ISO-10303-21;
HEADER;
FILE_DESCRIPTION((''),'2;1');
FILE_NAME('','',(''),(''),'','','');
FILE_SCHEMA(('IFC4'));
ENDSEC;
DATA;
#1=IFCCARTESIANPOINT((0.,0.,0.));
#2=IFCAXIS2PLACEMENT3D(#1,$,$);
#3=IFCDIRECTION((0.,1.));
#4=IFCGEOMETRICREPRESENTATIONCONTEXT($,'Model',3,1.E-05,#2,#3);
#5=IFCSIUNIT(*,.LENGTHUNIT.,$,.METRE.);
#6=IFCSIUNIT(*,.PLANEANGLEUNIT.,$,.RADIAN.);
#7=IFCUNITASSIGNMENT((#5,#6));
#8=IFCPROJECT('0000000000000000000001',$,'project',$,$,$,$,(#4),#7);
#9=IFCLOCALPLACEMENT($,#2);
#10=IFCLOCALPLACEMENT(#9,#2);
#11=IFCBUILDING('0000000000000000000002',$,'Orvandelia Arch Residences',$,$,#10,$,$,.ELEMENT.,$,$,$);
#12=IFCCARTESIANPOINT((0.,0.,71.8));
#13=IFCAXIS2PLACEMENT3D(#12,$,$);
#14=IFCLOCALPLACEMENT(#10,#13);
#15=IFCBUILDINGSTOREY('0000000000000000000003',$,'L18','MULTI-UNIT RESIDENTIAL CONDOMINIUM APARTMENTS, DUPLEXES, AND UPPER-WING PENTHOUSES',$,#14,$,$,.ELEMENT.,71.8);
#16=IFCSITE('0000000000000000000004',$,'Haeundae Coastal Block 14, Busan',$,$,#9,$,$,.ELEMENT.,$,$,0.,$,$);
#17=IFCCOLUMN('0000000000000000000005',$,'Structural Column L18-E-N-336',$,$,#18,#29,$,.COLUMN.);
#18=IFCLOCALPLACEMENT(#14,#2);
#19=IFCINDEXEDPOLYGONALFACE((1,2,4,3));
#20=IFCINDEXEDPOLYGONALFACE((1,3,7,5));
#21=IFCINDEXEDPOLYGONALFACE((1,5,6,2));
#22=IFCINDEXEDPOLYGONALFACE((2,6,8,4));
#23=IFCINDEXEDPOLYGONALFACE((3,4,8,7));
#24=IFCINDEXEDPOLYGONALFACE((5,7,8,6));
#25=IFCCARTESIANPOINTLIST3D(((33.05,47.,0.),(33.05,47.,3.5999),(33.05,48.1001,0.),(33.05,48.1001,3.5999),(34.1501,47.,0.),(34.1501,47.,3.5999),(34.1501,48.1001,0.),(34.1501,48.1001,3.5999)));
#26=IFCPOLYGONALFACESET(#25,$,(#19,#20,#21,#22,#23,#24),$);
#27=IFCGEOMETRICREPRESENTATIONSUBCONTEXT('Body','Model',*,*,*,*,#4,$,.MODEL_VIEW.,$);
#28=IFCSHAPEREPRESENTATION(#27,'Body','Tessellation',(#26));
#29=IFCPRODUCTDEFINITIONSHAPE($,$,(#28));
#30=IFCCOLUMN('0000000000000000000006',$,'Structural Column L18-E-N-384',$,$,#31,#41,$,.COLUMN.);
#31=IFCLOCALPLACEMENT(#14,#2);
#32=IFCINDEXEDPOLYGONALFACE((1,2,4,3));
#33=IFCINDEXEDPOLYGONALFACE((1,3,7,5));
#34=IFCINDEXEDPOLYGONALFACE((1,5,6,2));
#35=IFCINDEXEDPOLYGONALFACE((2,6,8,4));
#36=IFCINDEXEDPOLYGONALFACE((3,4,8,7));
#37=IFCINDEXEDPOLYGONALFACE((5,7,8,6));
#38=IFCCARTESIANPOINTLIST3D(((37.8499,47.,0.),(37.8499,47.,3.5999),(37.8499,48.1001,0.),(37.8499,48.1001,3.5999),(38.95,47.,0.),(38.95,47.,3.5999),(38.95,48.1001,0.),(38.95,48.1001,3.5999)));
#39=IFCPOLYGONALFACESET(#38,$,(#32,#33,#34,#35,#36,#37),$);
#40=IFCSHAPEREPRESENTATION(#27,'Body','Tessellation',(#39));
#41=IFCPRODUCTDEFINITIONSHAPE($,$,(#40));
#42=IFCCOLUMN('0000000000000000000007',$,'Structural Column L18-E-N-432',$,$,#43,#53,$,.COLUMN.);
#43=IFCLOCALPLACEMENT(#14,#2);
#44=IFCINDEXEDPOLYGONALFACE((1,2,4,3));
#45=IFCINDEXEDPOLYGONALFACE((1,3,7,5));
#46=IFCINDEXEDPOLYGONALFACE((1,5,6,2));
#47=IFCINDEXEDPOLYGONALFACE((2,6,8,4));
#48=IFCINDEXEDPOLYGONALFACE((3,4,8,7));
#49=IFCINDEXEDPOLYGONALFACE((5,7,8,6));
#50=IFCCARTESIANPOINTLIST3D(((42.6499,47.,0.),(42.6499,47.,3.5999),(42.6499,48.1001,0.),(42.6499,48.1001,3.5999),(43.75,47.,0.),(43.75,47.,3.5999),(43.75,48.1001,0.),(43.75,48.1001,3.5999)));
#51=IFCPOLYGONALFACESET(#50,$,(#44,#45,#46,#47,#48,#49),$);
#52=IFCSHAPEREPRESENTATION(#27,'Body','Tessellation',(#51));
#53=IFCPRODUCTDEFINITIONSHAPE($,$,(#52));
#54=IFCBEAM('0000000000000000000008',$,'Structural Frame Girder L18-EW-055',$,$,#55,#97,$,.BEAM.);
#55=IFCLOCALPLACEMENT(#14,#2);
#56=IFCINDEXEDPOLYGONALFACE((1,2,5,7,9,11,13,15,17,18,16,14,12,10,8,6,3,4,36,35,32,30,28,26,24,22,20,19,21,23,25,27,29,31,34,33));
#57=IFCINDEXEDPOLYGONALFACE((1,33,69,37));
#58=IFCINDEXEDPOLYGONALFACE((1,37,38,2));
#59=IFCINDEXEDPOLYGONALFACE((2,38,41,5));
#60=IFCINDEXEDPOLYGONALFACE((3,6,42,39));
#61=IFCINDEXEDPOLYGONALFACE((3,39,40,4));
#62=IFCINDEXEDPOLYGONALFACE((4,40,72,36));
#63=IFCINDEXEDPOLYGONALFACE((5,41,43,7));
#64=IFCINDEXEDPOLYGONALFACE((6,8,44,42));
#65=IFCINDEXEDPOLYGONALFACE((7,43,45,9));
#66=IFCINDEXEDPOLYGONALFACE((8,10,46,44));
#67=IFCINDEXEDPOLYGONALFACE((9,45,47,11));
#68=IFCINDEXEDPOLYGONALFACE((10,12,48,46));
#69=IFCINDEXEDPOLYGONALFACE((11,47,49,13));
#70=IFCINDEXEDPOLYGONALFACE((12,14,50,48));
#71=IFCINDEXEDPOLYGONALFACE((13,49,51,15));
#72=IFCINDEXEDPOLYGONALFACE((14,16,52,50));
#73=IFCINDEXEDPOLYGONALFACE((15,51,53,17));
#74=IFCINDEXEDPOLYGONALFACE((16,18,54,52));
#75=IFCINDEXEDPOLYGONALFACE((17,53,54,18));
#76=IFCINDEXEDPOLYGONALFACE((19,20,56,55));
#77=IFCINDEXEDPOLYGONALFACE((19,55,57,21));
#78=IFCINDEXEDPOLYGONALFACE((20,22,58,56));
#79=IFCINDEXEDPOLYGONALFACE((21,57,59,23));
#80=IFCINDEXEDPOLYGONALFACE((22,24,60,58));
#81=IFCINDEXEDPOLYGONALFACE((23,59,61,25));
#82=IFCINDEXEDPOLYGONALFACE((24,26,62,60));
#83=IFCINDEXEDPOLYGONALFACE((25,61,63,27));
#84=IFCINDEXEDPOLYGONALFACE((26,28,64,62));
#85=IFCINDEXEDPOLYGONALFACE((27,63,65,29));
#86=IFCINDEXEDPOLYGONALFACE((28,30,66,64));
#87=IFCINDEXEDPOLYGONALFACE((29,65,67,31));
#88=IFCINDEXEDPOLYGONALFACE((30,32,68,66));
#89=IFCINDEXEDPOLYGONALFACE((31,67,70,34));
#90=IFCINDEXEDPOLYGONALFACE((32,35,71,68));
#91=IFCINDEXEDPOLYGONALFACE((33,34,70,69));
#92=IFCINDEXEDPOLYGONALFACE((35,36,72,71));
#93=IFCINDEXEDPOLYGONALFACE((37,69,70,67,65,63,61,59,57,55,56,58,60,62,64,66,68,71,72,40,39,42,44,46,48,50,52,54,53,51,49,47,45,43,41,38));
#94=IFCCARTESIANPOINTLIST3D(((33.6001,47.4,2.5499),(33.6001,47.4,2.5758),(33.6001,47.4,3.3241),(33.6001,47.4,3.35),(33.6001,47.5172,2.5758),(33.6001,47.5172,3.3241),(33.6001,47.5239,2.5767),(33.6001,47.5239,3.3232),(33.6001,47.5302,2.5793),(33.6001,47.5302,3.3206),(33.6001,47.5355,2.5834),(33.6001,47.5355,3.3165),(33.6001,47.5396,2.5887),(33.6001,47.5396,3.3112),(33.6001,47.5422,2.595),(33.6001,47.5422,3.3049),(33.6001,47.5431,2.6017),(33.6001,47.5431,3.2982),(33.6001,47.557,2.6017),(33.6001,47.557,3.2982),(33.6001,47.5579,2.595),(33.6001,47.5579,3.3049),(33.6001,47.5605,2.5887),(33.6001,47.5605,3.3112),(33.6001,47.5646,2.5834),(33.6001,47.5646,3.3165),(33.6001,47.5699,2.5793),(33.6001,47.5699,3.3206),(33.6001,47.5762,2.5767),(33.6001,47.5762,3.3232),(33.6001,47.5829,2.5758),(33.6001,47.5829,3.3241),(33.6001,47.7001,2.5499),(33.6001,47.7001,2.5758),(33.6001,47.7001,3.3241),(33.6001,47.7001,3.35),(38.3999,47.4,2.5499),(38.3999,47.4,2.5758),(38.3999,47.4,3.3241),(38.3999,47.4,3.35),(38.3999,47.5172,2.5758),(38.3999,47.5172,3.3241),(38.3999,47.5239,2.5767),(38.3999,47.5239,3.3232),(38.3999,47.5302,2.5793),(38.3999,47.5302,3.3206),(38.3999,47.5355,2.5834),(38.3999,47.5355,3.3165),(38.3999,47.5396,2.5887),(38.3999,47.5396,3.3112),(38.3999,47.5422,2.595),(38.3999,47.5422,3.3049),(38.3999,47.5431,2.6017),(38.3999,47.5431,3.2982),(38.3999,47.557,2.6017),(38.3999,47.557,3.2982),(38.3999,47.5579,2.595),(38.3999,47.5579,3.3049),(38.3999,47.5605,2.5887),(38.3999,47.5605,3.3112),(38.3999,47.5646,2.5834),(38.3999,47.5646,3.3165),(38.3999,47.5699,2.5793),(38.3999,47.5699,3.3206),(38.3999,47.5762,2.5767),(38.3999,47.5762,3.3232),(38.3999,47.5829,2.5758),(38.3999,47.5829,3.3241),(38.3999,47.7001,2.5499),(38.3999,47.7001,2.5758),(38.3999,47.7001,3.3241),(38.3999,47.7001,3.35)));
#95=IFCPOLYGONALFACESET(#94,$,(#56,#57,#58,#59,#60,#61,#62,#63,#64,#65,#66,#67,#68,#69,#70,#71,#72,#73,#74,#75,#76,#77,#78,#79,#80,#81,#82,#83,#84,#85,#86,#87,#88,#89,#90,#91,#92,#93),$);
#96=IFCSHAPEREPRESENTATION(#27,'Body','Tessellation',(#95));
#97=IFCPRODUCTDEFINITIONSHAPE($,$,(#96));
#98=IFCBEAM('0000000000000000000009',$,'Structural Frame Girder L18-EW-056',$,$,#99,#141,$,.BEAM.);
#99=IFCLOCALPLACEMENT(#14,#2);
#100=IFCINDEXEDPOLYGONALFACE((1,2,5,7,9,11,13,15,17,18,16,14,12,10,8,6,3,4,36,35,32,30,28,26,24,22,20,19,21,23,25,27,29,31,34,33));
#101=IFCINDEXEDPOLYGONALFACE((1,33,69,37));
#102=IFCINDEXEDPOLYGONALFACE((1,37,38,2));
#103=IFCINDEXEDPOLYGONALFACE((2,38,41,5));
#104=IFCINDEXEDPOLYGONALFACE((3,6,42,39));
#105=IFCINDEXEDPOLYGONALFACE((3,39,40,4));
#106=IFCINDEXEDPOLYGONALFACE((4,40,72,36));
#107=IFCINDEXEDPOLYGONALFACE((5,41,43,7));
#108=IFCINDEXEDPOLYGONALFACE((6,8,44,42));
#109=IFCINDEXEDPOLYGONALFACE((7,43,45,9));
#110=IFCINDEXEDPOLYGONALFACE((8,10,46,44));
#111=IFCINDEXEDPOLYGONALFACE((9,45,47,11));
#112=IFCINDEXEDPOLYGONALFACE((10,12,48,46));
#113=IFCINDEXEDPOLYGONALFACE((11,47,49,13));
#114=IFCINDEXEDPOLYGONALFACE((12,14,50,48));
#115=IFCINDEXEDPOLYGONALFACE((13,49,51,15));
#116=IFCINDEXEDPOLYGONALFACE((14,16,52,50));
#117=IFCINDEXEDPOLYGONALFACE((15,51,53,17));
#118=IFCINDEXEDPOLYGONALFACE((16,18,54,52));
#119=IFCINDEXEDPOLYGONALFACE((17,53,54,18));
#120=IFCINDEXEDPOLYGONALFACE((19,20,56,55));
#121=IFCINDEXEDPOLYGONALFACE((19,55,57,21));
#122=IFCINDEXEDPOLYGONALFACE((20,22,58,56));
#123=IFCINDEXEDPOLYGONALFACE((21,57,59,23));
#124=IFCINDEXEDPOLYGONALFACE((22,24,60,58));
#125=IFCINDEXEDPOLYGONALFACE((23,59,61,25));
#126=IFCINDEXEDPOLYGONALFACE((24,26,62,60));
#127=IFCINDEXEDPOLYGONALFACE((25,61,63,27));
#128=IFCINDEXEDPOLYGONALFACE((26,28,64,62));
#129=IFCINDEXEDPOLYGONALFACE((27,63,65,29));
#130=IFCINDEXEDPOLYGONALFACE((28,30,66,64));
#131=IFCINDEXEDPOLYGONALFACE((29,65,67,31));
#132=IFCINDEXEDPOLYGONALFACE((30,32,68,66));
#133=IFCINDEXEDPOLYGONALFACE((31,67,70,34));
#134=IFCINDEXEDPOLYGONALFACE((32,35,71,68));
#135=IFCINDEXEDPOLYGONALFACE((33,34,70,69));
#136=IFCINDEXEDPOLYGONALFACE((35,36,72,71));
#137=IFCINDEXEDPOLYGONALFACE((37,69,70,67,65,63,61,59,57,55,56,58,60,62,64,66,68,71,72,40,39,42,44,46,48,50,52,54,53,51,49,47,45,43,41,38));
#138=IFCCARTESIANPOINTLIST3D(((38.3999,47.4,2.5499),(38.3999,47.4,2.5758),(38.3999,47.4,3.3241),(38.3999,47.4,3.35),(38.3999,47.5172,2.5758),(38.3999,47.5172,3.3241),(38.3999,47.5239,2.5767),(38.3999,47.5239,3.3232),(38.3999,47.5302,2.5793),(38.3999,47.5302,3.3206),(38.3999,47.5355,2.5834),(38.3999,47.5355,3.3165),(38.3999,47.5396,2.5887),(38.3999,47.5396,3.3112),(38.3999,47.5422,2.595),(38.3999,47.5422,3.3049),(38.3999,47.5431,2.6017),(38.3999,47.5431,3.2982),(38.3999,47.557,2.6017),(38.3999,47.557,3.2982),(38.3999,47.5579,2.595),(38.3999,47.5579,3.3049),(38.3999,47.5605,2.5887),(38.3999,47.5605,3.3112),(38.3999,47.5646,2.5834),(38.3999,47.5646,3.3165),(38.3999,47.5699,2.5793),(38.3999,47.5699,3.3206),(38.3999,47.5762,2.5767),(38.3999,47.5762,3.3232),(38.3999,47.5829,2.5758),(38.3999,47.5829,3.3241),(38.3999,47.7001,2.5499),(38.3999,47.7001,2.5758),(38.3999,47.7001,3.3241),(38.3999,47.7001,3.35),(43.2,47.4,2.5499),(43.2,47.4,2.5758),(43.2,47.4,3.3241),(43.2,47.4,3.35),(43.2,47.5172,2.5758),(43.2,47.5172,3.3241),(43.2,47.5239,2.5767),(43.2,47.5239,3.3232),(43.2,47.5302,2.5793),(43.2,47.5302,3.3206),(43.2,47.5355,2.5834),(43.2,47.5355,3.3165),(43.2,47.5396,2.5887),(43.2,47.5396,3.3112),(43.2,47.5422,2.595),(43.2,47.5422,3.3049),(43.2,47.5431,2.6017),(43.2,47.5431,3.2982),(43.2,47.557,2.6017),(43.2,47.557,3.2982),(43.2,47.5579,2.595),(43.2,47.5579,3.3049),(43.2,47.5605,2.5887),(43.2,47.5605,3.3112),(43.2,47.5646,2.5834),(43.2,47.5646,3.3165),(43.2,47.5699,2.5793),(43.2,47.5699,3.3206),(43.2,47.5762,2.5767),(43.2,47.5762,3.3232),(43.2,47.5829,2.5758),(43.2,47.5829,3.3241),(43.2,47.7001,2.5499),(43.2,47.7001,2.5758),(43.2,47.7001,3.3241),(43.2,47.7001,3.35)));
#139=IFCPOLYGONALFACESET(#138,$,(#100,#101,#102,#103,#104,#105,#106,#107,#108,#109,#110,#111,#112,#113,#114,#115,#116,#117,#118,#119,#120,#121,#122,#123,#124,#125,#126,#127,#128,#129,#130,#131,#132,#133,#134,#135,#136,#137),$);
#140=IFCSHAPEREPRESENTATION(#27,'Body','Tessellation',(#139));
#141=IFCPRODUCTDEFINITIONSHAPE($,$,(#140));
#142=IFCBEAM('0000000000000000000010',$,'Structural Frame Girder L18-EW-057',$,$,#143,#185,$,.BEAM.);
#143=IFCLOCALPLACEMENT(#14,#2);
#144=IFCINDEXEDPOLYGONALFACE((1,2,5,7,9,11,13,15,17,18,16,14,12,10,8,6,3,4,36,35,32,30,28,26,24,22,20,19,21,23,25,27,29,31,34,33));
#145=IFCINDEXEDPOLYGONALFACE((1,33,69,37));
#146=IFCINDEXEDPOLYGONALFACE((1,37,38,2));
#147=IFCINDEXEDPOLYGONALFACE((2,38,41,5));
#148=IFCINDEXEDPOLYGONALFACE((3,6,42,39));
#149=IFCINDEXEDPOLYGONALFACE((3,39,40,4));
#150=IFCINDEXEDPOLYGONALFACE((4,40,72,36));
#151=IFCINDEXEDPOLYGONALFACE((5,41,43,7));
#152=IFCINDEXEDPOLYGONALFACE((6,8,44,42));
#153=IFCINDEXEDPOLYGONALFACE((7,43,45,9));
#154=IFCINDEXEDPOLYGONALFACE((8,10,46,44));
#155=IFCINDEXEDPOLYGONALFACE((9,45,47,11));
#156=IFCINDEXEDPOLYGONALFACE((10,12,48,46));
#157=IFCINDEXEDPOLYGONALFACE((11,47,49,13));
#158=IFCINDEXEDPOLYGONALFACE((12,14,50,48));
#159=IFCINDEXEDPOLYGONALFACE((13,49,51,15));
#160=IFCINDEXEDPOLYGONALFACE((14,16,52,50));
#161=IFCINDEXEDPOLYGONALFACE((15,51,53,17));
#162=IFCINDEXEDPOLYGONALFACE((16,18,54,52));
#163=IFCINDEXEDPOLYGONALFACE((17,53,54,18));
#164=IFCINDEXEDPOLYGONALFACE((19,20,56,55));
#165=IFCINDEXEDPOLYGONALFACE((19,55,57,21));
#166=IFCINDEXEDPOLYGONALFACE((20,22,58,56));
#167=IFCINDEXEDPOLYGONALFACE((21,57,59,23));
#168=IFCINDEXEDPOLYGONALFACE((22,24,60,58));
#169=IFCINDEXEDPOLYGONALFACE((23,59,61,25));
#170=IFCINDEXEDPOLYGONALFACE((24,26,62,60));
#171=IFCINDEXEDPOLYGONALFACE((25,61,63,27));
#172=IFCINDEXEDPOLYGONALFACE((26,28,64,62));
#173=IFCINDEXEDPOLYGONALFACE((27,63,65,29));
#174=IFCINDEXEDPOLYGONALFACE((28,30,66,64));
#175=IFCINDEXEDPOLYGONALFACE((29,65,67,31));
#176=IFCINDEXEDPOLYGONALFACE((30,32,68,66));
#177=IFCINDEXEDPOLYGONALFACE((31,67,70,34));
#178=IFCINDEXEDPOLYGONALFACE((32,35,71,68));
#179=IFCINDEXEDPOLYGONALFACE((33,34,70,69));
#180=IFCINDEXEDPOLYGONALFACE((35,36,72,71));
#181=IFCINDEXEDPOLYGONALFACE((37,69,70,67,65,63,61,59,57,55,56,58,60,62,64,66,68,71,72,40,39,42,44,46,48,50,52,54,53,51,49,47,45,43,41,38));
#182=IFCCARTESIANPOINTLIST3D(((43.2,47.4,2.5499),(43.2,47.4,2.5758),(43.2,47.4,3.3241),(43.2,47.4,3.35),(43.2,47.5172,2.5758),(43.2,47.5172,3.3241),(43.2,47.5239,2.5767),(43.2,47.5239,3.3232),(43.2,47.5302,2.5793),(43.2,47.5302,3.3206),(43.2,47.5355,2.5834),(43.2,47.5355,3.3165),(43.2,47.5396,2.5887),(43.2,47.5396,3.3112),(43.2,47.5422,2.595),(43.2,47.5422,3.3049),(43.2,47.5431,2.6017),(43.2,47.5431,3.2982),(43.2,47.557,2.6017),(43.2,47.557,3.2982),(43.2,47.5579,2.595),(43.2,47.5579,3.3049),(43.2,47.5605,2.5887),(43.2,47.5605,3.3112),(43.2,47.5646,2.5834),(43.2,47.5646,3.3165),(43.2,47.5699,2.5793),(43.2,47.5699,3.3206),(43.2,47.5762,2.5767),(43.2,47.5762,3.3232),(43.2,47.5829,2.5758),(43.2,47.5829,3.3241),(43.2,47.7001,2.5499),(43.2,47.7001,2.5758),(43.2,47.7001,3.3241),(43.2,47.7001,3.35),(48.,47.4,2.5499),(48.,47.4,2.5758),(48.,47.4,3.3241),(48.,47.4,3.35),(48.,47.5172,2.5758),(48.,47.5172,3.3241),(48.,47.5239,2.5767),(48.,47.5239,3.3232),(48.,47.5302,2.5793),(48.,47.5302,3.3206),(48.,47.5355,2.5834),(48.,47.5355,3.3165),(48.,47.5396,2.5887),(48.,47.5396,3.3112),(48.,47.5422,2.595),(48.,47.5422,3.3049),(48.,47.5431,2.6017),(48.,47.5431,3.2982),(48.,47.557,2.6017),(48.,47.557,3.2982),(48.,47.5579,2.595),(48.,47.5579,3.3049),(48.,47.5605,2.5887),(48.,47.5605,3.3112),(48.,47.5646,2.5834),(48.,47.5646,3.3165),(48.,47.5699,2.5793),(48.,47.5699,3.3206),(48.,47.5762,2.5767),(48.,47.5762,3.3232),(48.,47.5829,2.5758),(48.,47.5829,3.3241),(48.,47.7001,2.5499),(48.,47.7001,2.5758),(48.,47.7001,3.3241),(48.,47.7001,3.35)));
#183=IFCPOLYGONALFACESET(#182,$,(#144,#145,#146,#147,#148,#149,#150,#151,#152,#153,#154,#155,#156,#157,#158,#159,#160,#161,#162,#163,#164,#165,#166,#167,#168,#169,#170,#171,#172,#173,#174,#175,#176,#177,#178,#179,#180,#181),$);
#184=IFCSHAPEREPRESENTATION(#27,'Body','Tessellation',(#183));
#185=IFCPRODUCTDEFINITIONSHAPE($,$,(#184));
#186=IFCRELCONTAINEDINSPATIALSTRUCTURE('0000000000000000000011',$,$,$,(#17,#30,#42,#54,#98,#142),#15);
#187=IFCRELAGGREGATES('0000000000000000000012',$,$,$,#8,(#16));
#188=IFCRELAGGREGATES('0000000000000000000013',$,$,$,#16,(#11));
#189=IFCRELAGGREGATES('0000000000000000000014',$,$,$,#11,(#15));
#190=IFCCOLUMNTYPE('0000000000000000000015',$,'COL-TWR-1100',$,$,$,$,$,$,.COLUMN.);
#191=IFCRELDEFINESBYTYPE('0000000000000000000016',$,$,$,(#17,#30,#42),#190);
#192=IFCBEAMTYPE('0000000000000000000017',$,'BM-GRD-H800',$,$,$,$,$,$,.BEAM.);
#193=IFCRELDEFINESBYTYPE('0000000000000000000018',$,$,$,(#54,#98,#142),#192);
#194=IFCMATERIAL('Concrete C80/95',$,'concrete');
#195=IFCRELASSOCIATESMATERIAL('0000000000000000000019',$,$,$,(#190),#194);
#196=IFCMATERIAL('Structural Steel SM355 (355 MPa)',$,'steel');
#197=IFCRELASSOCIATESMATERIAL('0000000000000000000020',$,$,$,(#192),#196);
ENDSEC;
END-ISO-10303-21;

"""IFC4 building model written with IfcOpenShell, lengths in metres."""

from ifc_helpers import new_model, si_unit, direction, frame, origin, origin_2d, place, context, subcontext, project, spatial, rectangle, i_section, extrude, material, material_profile, profile_set, type_object, element, save


model = new_model("IFC4")

# Units and contexts
model_context = context("Model", 3, precision=1e-05, world=origin(), true_north=direction((0.0, 1.0)))
body_context = subcontext(model_context, "Body", "Model", "MODEL_VIEW")
ifc_project = project(units=[si_unit("LENGTHUNIT", "METRE"), si_unit("PLANEANGLEUNIT", "RADIAN")], contexts=[model_context])

# Site, building, storey
site_placement = place(None, origin())
site = spatial("IfcSite", under=ifc_project, at=site_placement, Name="Haeundae Coastal Block 14, Busan", CompositionType="ELEMENT", RefElevation=0.0)
building_placement = place(site_placement, origin())
building = spatial("IfcBuilding", under=site, at=building_placement, Name="Orvandelia Arch Residences", CompositionType="ELEMENT")
storey_placement = place(building_placement, frame((0.0, 0.0, 71.8)))
storey = spatial("IfcBuildingStorey", under=building, at=storey_placement, Name="L18", Description="MULTI-UNIT RESIDENTIAL CONDOMINIUM APARTMENTS, DUPLEXES, AND UPPER-WING PENTHOUSES", CompositionType="ELEMENT", Elevation=71.8)

# Columns
ifc_material_1 = material(Name="Concrete C80/95", Category="concrete")
ifc_material_profile_1 = material_profile(ifc_material_1, rectangle(XDim=1.1001, YDim=1.1001, at=origin_2d()), Name="Concrete C80/95", Category="concrete")
ifc_profile_set_1 = profile_set([ifc_material_profile_1], Name="Concrete C80/95")
column_type = type_object("IfcColumnType", Name="COL-TWR-1100", PredefinedType="COLUMN", material=ifc_profile_set_1)
for number, where, z_axis, x_axis, name in (
    (1, (33.6001, 47.55, 0.0), (0.0, 0.0, 1.0), (1.0, 0.0, 0.0), "Structural Column L18-E-N-336"),
    (2, (38.3999, 47.55, 0.0), (0.0, 0.0, 1.0), (1.0, 0.0, 0.0), "Structural Column L18-E-N-384"),
    (3, (43.2, 47.55, 0.0), (0.0, 0.0, 1.0), (1.0, 0.0, 0.0), "Structural Column L18-E-N-432"),
):
    element("IfcColumn", number, at=place(storey_placement, frame(where, z_axis=z_axis, x_axis=x_axis)), inside=storey, type_object=column_type, Name=name, PredefinedType="COLUMN", context=body_context, shape_type="SweptSolid", body=[
        extrude(rectangle(XDim=1.1001, YDim=1.1001, at=origin_2d()), origin(), (0.0, 0.0, 1.0), 3.5999),
    ])

# Beams
ifc_material_2 = material(Name="Structural Steel SM355 (355 MPa)", Category="steel")
ifc_material_profile_2 = material_profile(ifc_material_2, i_section(OverallWidth=0.3, OverallDepth=0.8, WebThickness=0.0139, FlangeThickness=0.0259, FilletRadius=0.0259, at=origin_2d()), Name="Structural Steel SM355 (355 MPa)", Category="steel")
ifc_profile_set_2 = profile_set([ifc_material_profile_2], Name="Structural Steel SM355 (355 MPa)")
beam_type = type_object("IfcBeamType", Name="BM-GRD-H800", PredefinedType="BEAM", material=ifc_profile_set_2)
beam_placement = place(storey_placement, frame((33.6001, 47.55, 2.95), z_axis=(1.0, 0.0, 0.0), x_axis=(0.0, 1.0, 0.0)))
element("IfcBeam", 4, at=beam_placement, inside=storey, type_object=beam_type, Name="Structural Frame Girder L18-EW-055", PredefinedType="BEAM", context=body_context, shape_type="SweptSolid", body=[
    extrude(i_section(OverallWidth=0.3, OverallDepth=0.8, WebThickness=0.0139, FlangeThickness=0.0259, FilletRadius=0.0259, at=origin_2d()), origin(), (0.0, 0.0, 1.0), 4.7998),
])
for number, where, z_axis, x_axis, name in (
    (5, (38.3999, 47.55, 2.95), (1.0, 0.0, 0.0), (0.0, 1.0, 0.0), "Structural Frame Girder L18-EW-056"),
    (6, (43.2, 47.55, 2.95), (1.0, 0.0, 0.0), (0.0, 1.0, 0.0), "Structural Frame Girder L18-EW-057"),
):
    element("IfcBeam", number, at=place(storey_placement, frame(where, z_axis=z_axis, x_axis=x_axis)), inside=storey, type_object=beam_type, Name=name, PredefinedType="BEAM", context=body_context, shape_type="SweptSolid", body=[
        extrude(i_section(OverallWidth=0.3, OverallDepth=0.8, WebThickness=0.0139, FlangeThickness=0.0259, FilletRadius=0.0259, at=origin_2d()), origin(), (0.0, 0.0, 1.0), 4.8),
    ])

save(model, "model.ifc")
